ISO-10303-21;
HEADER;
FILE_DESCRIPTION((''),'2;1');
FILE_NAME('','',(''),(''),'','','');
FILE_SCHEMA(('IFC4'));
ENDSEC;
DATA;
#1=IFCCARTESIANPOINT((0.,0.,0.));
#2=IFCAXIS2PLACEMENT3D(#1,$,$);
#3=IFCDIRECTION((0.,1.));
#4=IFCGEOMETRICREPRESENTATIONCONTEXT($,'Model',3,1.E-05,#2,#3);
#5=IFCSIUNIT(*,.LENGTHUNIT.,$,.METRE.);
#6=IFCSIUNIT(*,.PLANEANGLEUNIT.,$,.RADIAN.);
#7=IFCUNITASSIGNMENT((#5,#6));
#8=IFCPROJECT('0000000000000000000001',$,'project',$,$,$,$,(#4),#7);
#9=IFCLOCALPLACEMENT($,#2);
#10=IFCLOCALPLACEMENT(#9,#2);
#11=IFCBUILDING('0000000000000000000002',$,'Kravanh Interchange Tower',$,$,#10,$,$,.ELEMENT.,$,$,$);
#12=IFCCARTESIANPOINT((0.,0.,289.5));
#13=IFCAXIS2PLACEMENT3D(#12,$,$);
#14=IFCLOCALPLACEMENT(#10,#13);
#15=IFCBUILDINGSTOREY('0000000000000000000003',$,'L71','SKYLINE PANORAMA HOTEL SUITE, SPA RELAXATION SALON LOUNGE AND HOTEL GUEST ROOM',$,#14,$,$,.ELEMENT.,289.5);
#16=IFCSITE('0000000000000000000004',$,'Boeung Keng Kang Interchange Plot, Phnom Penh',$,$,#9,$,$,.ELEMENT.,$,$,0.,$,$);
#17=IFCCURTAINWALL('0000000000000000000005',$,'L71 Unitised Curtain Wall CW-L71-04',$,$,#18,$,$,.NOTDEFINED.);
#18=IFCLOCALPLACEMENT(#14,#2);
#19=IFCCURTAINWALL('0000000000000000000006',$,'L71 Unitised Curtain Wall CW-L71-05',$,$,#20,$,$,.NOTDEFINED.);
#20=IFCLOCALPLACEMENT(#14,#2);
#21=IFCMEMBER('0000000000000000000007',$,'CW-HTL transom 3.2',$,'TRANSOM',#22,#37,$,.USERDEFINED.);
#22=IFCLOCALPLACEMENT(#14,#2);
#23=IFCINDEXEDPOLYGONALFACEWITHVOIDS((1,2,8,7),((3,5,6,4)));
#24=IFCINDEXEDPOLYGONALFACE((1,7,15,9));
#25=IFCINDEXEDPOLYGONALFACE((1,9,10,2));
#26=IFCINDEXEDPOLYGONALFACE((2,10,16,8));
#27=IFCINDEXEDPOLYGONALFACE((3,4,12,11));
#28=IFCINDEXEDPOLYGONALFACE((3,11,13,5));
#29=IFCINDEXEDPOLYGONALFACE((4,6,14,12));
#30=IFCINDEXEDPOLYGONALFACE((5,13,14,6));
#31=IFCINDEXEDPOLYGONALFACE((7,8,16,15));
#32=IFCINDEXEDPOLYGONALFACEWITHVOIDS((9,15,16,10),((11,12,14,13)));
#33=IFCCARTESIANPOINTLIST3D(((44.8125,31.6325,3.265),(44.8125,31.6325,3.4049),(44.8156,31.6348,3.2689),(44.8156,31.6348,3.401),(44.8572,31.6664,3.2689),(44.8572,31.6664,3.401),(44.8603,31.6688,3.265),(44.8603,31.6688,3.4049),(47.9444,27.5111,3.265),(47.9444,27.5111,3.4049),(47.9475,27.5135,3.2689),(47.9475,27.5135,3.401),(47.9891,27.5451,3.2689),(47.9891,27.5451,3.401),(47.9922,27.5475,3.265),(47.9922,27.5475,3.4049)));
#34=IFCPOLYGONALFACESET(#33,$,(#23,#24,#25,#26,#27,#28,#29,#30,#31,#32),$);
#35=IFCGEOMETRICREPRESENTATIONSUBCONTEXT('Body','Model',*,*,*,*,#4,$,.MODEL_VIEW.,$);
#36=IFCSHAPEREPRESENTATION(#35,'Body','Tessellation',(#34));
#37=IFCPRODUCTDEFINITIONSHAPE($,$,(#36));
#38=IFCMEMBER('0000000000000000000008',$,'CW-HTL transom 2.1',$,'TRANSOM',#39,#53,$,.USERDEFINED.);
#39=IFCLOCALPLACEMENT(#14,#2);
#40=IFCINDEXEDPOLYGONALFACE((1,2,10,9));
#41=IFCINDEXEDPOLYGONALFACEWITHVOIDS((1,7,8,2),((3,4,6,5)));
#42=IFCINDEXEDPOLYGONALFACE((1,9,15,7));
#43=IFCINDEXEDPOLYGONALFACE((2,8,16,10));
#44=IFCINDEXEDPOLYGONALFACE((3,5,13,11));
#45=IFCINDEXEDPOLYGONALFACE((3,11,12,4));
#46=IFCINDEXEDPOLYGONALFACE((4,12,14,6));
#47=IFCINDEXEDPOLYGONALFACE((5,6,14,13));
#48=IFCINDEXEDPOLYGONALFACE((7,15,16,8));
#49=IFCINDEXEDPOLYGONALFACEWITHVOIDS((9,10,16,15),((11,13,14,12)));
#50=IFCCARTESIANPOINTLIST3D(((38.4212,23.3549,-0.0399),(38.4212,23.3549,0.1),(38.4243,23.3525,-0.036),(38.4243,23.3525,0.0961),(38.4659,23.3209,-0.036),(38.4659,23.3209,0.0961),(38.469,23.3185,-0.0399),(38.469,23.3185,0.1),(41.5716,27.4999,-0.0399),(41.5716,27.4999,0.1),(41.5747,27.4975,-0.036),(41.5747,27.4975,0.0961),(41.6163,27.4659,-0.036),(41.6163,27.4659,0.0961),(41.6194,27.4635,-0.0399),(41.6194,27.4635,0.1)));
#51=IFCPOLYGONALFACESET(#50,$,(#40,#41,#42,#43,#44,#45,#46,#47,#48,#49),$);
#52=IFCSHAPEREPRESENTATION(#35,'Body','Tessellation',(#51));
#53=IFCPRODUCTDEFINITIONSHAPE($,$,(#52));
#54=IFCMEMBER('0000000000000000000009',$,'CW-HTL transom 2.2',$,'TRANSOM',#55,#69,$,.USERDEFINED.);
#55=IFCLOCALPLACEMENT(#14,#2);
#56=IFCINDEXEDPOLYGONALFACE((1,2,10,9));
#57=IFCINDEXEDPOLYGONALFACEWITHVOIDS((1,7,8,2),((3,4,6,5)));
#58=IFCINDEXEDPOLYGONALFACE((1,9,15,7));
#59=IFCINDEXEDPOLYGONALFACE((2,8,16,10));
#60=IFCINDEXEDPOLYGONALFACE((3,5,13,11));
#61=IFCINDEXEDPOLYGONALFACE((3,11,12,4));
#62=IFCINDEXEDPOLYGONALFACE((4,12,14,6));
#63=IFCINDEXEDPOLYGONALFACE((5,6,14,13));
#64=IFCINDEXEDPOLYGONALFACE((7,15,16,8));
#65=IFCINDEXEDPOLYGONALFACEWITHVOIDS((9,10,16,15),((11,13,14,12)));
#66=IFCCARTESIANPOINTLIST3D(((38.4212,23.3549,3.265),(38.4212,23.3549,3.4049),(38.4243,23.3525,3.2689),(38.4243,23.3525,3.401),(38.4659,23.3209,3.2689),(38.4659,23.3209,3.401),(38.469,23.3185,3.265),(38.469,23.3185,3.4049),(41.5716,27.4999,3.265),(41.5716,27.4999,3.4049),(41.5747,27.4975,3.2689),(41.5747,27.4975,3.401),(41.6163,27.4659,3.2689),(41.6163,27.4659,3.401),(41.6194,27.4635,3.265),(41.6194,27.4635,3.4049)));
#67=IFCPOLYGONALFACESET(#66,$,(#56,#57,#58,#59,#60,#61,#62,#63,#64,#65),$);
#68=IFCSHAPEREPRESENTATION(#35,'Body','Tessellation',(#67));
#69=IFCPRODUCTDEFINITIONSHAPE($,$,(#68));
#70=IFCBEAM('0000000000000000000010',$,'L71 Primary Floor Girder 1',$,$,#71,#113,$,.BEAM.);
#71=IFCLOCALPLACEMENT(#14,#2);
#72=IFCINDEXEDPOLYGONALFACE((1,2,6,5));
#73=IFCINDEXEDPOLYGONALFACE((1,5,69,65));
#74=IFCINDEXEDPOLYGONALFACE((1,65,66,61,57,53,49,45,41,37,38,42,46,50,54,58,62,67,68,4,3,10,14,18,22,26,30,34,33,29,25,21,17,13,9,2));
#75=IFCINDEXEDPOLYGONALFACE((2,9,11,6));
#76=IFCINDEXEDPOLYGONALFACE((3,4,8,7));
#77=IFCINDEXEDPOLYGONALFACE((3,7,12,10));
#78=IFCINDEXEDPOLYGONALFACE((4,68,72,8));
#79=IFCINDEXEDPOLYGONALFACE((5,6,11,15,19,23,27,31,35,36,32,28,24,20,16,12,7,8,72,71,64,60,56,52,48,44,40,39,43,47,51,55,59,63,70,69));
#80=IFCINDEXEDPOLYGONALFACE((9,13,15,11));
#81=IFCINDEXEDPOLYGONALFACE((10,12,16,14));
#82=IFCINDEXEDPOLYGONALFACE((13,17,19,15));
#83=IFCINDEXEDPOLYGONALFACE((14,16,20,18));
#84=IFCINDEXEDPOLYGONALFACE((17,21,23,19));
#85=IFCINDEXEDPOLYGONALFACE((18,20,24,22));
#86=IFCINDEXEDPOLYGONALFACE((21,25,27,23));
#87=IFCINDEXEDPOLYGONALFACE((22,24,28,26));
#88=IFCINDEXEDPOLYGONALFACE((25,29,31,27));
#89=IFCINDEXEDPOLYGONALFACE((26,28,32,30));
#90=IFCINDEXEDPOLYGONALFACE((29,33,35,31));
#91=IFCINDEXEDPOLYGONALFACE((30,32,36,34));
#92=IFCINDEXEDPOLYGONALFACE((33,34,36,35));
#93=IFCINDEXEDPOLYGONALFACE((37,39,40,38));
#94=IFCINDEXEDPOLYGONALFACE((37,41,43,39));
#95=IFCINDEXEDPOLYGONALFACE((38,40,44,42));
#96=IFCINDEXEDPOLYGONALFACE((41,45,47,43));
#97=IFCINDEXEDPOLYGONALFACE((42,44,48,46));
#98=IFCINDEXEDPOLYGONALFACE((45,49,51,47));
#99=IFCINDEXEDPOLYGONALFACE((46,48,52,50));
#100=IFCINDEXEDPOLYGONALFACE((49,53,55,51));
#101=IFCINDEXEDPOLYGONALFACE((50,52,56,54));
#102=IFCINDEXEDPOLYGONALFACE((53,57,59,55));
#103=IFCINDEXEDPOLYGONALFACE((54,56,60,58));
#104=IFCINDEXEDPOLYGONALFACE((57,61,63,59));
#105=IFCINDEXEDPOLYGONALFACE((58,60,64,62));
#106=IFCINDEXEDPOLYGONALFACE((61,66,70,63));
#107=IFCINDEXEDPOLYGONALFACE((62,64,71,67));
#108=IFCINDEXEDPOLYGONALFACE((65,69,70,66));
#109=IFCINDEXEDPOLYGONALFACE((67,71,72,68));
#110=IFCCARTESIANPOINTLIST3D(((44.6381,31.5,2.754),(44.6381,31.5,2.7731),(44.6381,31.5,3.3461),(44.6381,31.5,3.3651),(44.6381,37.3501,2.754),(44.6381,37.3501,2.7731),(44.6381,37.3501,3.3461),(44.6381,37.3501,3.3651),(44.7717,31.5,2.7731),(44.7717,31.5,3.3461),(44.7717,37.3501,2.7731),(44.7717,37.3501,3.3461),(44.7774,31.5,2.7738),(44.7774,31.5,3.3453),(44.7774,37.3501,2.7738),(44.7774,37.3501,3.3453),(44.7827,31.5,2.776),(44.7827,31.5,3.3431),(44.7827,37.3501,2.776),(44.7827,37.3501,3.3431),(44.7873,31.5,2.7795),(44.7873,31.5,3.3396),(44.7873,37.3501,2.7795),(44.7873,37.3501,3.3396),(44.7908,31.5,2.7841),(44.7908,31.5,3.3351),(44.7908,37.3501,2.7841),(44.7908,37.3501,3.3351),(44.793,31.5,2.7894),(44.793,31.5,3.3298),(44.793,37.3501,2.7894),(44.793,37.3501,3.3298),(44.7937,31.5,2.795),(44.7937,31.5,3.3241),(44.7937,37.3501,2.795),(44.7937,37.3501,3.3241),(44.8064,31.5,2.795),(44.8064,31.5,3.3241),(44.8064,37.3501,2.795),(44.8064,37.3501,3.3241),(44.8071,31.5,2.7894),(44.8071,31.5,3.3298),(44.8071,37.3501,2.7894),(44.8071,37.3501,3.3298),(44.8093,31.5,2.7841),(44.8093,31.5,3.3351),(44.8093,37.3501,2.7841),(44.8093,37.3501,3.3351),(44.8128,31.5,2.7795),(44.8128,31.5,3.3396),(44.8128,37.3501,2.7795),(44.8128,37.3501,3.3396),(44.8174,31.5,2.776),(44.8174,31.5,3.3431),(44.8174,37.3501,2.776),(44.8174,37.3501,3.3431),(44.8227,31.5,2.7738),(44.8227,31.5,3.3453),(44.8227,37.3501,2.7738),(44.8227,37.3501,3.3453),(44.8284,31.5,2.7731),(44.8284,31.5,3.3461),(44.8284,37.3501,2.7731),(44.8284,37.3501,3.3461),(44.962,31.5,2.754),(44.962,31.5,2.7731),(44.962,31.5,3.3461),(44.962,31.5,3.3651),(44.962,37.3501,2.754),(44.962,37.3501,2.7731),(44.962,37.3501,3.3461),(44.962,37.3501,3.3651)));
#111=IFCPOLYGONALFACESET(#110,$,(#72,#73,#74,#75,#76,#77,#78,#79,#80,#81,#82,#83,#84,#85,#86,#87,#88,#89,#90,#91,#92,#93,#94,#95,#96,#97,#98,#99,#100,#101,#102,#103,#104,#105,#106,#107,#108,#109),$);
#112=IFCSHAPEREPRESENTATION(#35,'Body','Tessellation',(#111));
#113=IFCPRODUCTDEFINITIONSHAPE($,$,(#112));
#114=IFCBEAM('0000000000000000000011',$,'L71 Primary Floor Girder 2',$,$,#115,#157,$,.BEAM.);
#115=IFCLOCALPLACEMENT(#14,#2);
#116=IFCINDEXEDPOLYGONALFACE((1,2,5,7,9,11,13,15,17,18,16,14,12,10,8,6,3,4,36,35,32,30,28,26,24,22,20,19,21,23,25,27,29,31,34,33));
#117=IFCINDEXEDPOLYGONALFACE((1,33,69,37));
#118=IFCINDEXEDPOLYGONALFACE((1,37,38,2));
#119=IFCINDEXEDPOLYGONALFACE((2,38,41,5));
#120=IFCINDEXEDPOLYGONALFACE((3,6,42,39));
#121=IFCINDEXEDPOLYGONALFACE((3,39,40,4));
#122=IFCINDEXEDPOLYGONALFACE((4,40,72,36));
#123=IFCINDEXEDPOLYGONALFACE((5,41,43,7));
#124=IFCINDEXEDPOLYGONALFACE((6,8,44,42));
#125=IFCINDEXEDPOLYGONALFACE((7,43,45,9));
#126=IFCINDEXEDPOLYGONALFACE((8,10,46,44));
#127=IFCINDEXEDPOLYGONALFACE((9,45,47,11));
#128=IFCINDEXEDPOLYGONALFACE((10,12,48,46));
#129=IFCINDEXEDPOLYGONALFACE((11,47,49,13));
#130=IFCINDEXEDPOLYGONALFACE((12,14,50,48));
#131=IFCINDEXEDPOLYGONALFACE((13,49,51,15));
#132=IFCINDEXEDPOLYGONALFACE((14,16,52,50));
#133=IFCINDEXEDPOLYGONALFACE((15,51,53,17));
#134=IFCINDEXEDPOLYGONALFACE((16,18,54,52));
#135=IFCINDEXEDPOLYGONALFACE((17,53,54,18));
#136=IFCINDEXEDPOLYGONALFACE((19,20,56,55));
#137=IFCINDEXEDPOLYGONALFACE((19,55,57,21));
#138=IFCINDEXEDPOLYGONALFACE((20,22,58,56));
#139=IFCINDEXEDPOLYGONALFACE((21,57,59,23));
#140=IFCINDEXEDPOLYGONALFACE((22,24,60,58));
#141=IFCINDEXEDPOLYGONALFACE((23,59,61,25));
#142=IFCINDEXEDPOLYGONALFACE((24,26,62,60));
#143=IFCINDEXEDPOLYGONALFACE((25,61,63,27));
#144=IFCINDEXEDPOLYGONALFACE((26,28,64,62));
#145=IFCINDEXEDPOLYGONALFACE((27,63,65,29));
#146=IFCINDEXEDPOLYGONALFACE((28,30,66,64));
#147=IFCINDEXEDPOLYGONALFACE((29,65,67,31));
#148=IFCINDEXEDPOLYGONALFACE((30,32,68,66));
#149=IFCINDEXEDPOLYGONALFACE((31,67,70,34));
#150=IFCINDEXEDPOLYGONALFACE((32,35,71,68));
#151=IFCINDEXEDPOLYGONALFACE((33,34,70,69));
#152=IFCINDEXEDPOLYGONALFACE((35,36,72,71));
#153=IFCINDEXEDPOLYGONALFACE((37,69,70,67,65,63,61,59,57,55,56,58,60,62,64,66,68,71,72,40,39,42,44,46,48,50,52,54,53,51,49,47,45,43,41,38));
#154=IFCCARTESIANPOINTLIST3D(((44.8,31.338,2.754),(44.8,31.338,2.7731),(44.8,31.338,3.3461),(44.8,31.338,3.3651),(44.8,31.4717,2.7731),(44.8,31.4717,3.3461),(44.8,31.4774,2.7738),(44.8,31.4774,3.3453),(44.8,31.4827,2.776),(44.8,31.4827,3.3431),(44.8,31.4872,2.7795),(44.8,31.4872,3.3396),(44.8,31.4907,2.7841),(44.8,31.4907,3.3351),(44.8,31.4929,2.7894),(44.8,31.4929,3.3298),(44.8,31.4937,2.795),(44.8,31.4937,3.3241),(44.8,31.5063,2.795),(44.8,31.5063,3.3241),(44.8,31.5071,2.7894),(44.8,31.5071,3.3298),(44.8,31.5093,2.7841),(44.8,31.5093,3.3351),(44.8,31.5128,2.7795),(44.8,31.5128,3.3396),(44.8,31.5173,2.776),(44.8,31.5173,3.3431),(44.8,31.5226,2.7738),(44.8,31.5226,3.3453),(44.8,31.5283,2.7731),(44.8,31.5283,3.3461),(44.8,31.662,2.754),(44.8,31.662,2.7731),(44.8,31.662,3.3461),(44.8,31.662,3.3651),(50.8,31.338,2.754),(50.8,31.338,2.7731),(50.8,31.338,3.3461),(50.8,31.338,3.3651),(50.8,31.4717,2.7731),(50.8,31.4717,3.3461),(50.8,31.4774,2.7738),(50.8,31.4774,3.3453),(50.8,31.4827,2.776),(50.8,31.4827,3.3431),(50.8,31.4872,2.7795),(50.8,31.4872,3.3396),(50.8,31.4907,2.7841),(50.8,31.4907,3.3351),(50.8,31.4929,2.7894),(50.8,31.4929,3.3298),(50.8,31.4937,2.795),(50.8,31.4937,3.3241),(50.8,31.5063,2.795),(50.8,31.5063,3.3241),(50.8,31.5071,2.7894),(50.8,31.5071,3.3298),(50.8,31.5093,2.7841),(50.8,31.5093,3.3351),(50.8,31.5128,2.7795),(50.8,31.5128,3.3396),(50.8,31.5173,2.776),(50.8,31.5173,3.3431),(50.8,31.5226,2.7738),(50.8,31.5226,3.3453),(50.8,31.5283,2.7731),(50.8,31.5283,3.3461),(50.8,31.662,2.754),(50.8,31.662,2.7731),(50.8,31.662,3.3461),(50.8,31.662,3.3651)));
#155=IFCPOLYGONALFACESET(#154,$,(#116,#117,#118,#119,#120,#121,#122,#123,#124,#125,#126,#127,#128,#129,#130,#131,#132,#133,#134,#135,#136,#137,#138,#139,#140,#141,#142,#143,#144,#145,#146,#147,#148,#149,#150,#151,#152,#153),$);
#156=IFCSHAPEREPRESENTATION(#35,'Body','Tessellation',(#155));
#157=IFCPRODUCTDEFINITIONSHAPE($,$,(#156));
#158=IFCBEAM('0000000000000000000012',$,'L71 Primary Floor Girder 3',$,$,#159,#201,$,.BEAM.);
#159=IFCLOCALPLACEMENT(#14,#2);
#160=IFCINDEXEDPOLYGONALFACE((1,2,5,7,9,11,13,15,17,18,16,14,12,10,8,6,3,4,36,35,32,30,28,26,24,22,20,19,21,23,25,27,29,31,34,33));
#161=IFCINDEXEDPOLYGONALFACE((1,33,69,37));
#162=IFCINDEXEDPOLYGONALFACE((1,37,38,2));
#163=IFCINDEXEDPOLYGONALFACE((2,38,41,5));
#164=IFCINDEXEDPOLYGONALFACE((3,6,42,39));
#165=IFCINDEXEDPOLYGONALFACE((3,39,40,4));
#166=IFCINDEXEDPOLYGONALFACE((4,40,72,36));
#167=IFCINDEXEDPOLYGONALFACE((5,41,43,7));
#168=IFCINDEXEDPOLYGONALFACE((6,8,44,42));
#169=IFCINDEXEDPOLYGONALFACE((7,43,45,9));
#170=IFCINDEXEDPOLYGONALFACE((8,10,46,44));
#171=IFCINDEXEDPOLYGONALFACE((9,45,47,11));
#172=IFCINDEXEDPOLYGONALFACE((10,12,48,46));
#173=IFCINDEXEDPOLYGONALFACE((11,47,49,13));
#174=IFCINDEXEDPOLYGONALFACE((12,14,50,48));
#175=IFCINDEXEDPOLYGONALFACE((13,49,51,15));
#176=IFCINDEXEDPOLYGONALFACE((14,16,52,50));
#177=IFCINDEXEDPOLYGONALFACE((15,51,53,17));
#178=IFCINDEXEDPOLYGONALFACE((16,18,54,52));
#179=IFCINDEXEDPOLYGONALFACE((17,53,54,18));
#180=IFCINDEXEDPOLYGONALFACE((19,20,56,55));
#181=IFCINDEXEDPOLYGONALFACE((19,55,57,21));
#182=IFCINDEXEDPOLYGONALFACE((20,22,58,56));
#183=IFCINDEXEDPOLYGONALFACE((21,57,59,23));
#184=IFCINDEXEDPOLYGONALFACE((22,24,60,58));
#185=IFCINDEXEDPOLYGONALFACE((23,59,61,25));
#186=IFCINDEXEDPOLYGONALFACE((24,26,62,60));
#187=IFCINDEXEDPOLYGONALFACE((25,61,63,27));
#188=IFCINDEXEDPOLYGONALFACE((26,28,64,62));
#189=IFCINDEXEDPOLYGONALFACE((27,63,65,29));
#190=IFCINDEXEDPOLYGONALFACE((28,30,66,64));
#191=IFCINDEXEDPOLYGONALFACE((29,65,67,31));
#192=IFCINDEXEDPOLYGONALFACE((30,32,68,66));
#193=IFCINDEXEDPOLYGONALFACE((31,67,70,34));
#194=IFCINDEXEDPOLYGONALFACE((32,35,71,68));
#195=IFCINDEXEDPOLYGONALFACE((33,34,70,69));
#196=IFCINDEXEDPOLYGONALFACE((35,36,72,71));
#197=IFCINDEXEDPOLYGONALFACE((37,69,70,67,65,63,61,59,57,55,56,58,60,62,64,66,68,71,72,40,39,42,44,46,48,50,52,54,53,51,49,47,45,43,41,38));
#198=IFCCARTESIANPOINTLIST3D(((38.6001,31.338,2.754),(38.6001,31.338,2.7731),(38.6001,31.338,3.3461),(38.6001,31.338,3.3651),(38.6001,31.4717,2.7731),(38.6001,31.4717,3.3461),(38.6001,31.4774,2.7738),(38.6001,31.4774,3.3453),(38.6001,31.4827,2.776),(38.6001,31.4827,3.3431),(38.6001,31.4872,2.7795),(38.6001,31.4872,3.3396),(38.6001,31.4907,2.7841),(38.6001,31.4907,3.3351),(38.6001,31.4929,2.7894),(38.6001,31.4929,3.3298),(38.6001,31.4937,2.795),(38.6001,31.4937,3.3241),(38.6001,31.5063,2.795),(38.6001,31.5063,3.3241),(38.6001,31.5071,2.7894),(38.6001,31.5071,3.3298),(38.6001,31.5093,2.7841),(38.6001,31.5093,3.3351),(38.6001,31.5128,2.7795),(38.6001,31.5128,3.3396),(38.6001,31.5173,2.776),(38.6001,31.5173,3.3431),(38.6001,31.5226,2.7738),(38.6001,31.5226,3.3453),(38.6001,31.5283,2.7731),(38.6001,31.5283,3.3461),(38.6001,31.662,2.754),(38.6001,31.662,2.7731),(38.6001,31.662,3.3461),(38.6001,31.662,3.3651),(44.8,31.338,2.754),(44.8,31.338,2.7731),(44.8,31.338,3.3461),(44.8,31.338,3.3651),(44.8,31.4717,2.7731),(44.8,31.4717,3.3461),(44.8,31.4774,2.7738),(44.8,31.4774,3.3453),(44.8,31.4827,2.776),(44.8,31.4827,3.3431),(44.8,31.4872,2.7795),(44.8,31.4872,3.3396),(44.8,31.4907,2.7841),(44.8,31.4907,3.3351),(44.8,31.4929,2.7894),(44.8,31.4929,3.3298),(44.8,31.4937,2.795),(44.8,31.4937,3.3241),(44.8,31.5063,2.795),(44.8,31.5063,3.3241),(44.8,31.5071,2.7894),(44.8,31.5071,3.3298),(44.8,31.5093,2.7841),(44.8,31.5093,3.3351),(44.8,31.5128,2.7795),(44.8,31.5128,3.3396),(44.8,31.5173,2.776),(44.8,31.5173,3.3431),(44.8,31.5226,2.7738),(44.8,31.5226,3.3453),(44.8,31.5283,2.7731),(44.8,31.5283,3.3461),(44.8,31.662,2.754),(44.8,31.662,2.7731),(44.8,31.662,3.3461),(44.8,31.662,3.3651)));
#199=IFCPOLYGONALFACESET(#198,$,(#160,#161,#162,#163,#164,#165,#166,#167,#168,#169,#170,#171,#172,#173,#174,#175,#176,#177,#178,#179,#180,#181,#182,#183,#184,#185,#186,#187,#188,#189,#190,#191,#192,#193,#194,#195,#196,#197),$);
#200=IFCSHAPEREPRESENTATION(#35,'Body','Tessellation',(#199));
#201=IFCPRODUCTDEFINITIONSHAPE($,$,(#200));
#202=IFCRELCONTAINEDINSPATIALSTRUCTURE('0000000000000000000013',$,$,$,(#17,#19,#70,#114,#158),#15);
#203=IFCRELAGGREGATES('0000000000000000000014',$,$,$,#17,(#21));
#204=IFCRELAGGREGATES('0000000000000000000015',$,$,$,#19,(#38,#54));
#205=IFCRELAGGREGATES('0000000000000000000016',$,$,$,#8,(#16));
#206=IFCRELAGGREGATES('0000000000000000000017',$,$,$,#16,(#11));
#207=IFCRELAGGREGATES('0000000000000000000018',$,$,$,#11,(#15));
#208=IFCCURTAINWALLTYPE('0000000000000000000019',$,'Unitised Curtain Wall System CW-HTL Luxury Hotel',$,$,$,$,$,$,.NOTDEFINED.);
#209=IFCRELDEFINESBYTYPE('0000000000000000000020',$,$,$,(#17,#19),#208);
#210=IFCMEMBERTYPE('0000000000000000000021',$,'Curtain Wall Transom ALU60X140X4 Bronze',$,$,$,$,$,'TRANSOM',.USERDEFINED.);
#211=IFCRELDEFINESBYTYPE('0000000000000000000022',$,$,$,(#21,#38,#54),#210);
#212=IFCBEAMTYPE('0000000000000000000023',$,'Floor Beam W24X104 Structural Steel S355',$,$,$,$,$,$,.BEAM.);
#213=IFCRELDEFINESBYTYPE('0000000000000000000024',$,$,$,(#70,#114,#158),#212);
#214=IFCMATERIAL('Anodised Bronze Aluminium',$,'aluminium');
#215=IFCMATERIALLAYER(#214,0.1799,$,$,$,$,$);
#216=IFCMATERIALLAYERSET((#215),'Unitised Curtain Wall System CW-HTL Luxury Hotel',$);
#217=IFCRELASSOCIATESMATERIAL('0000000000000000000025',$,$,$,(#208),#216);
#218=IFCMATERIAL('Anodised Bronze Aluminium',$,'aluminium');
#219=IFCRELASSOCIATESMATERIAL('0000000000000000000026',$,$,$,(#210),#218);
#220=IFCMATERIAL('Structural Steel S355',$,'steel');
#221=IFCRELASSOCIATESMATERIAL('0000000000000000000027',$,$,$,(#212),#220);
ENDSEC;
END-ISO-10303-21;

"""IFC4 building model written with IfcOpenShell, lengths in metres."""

from ifc_helpers import new_model, si_unit, direction, frame, origin, origin_2d, place, context, subcontext, project, spatial, hollow_rectangle, i_section, extrude, material, layer, layer_set, material_profile, profile_set, type_object, element, aggregate, save


model = new_model("IFC4")

# Units and contexts
model_context = context("Model", 3, precision=1e-05, world=origin(), true_north=direction((0.0, 1.0)))
body_context = subcontext(model_context, "Body", "Model", "MODEL_VIEW")
ifc_project = project(units=[si_unit("LENGTHUNIT", "METRE"), si_unit("PLANEANGLEUNIT", "RADIAN")], contexts=[model_context])

# Site, building, storey
site_placement = place(None, origin())
site = spatial("IfcSite", under=ifc_project, at=site_placement, Name="Boeung Keng Kang Interchange Plot, Phnom Penh", CompositionType="ELEMENT", RefElevation=0.0)
building_placement = place(site_placement, origin())
building = spatial("IfcBuilding", under=site, at=building_placement, Name="Kravanh Interchange Tower", CompositionType="ELEMENT")
storey_placement = place(building_placement, frame((0.0, 0.0, 289.5)))
storey = spatial("IfcBuildingStorey", under=building, at=storey_placement, Name="L71", Description="SKYLINE PANORAMA HOTEL SUITE, SPA RELAXATION SALON LOUNGE AND HOTEL GUEST ROOM", CompositionType="ELEMENT", Elevation=289.5)

# Curtain walls
ifc_material_1 = material(Name="Anodised Bronze Aluminium", Category="aluminium")
ifc_layer_1 = layer(ifc_material_1, 0.1799)
ifc_layer_set_1 = layer_set([ifc_layer_1], Name="Unitised Curtain Wall System CW-HTL Luxury Hotel")
curtain_wall_type = type_object("IfcCurtainWallType", Name="Unitised Curtain Wall System CW-HTL Luxury Hotel", PredefinedType="NOTDEFINED", material=ifc_layer_set_1)
curtain_wall_1_placement = place(storey_placement, origin())
curtain_wall_1 = element("IfcCurtainWall", 1, at=curtain_wall_1_placement, inside=storey, type_object=curtain_wall_type, Name="L71 Unitised Curtain Wall CW-L71-04", PredefinedType="NOTDEFINED")
curtain_wall_2_placement = place(storey_placement, origin())
curtain_wall_2 = element("IfcCurtainWall", 2, at=curtain_wall_2_placement, inside=storey, type_object=curtain_wall_type, Name="L71 Unitised Curtain Wall CW-L71-05", PredefinedType="NOTDEFINED")

# Members
ifc_material_2 = material(Name="Anodised Bronze Aluminium", Category="aluminium")
ifc_material_profile_1 = material_profile(ifc_material_2, hollow_rectangle(XDim=0.0601, YDim=0.1399, WallThickness=0.0039, at=origin_2d()), Name="ALU60X140X4")
ifc_profile_set_1 = profile_set([ifc_material_profile_1], Name="Anodised Bronze Aluminium")
member_type_1 = type_object("IfcMemberType", Name="Curtain Wall Transom ALU60X140X4 Bronze", ElementType="TRANSOM", PredefinedType="USERDEFINED", material=ifc_profile_set_1)
member_1_placement = place(storey_placement, frame((47.9683, 27.5293, 3.335), z_axis=(-0.605037, 0.796198, 0.0), x_axis=(-0.796198, -0.605037, 0.0)))
member_1 = element("IfcMember", 3, at=member_1_placement, type_object=member_type_1, Name="CW-HTL transom 3.2", ObjectType="TRANSOM", PredefinedType="USERDEFINED", context=body_context, shape_type="SweptSolid", body=[
    extrude(hollow_rectangle(XDim=0.0601, YDim=0.1399, WallThickness=0.0039, at=origin_2d()), origin(), (0.0, 0.0, 1.0), 5.1763),
])
member_2_placement = place(storey_placement, frame((41.5955, 27.4817, 0.03), z_axis=(-0.605105, -0.796146, 0.0), x_axis=(0.796146, -0.605105, 0.0)))
member_2 = element("IfcMember", 4, at=member_2_placement, type_object=member_type_1, Name="CW-HTL transom 2.1", ObjectType="TRANSOM", PredefinedType="USERDEFINED", context=body_context, shape_type="SweptSolid", body=[
    extrude(hollow_rectangle(XDim=0.0601, YDim=0.1399, WallThickness=0.0039, at=origin_2d()), origin(), (0.0, 0.0, 1.0), 5.2063),
])
member_3_placement = place(storey_placement, frame((41.5955, 27.4817, 3.335), z_axis=(-0.605105, -0.796146, 0.0), x_axis=(0.796146, -0.605105, 0.0)))
member_3 = element("IfcMember", 5, at=member_3_placement, type_object=member_type_1, Name="CW-HTL transom 2.2", ObjectType="TRANSOM", PredefinedType="USERDEFINED", context=body_context, shape_type="SweptSolid", body=[
    extrude(hollow_rectangle(XDim=0.0601, YDim=0.1399, WallThickness=0.0039, at=origin_2d()), origin(), (0.0, 0.0, 1.0), 5.2063),
])

# Beams
ifc_material_3 = material(Name="Structural Steel S355", Category="steel")
ifc_material_profile_2 = material_profile(ifc_material_3, i_section(OverallWidth=0.324, OverallDepth=0.6111, WebThickness=0.0127, FlangeThickness=0.019, FilletRadius=0.022, at=origin_2d()), Name="W24X104")
ifc_profile_set_2 = profile_set([ifc_material_profile_2], Name="Structural Steel S355")
beam_type_1 = type_object("IfcBeamType", Name="Floor Beam W24X104 Structural Steel S355", PredefinedType="BEAM", material=ifc_profile_set_2)
beam_1_placement = place(storey_placement, frame((44.8, 31.5, 3.0596), z_axis=(0.0, 1.0, 0.0), x_axis=(-1.0, 0.0, 0.0)))
element("IfcBeam", 6, at=beam_1_placement, inside=storey, type_object=beam_type_1, Name="L71 Primary Floor Girder 1", PredefinedType="BEAM", context=body_context, shape_type="SweptSolid", body=[
    extrude(i_section(OverallWidth=0.324, OverallDepth=0.6111, WebThickness=0.0127, FlangeThickness=0.019, FilletRadius=0.022, at=origin_2d()), origin(), (0.0, 0.0, 1.0), 5.8501),
])
beam_2_placement = place(storey_placement, frame((44.8, 31.5, 3.0596), z_axis=(1.0, 0.0, 0.0), x_axis=(0.0, 1.0, 0.0)))
element("IfcBeam", 7, at=beam_2_placement, inside=storey, type_object=beam_type_1, Name="L71 Primary Floor Girder 2", PredefinedType="BEAM", context=body_context, shape_type="SweptSolid", body=[
    extrude(i_section(OverallWidth=0.324, OverallDepth=0.6111, WebThickness=0.0127, FlangeThickness=0.019, FilletRadius=0.022, at=origin_2d()), origin(), (0.0, 0.0, 1.0), 6.0),
])
beam_3_placement = place(storey_placement, frame((44.8, 31.5, 3.0596), z_axis=(-1.0, 0.0, 0.0), x_axis=(0.0, -1.0, 0.0)))
element("IfcBeam", 8, at=beam_3_placement, inside=storey, type_object=beam_type_1, Name="L71 Primary Floor Girder 3", PredefinedType="BEAM", context=body_context, shape_type="SweptSolid", body=[
    extrude(i_section(OverallWidth=0.324, OverallDepth=0.6111, WebThickness=0.0127, FlangeThickness=0.019, FilletRadius=0.022, at=origin_2d()), origin(), (0.0, 0.0, 1.0), 6.2),
])

aggregate(curtain_wall_1, [member_1])
aggregate(curtain_wall_2, [member_2, member_3])

save(model, "model.ifc")
